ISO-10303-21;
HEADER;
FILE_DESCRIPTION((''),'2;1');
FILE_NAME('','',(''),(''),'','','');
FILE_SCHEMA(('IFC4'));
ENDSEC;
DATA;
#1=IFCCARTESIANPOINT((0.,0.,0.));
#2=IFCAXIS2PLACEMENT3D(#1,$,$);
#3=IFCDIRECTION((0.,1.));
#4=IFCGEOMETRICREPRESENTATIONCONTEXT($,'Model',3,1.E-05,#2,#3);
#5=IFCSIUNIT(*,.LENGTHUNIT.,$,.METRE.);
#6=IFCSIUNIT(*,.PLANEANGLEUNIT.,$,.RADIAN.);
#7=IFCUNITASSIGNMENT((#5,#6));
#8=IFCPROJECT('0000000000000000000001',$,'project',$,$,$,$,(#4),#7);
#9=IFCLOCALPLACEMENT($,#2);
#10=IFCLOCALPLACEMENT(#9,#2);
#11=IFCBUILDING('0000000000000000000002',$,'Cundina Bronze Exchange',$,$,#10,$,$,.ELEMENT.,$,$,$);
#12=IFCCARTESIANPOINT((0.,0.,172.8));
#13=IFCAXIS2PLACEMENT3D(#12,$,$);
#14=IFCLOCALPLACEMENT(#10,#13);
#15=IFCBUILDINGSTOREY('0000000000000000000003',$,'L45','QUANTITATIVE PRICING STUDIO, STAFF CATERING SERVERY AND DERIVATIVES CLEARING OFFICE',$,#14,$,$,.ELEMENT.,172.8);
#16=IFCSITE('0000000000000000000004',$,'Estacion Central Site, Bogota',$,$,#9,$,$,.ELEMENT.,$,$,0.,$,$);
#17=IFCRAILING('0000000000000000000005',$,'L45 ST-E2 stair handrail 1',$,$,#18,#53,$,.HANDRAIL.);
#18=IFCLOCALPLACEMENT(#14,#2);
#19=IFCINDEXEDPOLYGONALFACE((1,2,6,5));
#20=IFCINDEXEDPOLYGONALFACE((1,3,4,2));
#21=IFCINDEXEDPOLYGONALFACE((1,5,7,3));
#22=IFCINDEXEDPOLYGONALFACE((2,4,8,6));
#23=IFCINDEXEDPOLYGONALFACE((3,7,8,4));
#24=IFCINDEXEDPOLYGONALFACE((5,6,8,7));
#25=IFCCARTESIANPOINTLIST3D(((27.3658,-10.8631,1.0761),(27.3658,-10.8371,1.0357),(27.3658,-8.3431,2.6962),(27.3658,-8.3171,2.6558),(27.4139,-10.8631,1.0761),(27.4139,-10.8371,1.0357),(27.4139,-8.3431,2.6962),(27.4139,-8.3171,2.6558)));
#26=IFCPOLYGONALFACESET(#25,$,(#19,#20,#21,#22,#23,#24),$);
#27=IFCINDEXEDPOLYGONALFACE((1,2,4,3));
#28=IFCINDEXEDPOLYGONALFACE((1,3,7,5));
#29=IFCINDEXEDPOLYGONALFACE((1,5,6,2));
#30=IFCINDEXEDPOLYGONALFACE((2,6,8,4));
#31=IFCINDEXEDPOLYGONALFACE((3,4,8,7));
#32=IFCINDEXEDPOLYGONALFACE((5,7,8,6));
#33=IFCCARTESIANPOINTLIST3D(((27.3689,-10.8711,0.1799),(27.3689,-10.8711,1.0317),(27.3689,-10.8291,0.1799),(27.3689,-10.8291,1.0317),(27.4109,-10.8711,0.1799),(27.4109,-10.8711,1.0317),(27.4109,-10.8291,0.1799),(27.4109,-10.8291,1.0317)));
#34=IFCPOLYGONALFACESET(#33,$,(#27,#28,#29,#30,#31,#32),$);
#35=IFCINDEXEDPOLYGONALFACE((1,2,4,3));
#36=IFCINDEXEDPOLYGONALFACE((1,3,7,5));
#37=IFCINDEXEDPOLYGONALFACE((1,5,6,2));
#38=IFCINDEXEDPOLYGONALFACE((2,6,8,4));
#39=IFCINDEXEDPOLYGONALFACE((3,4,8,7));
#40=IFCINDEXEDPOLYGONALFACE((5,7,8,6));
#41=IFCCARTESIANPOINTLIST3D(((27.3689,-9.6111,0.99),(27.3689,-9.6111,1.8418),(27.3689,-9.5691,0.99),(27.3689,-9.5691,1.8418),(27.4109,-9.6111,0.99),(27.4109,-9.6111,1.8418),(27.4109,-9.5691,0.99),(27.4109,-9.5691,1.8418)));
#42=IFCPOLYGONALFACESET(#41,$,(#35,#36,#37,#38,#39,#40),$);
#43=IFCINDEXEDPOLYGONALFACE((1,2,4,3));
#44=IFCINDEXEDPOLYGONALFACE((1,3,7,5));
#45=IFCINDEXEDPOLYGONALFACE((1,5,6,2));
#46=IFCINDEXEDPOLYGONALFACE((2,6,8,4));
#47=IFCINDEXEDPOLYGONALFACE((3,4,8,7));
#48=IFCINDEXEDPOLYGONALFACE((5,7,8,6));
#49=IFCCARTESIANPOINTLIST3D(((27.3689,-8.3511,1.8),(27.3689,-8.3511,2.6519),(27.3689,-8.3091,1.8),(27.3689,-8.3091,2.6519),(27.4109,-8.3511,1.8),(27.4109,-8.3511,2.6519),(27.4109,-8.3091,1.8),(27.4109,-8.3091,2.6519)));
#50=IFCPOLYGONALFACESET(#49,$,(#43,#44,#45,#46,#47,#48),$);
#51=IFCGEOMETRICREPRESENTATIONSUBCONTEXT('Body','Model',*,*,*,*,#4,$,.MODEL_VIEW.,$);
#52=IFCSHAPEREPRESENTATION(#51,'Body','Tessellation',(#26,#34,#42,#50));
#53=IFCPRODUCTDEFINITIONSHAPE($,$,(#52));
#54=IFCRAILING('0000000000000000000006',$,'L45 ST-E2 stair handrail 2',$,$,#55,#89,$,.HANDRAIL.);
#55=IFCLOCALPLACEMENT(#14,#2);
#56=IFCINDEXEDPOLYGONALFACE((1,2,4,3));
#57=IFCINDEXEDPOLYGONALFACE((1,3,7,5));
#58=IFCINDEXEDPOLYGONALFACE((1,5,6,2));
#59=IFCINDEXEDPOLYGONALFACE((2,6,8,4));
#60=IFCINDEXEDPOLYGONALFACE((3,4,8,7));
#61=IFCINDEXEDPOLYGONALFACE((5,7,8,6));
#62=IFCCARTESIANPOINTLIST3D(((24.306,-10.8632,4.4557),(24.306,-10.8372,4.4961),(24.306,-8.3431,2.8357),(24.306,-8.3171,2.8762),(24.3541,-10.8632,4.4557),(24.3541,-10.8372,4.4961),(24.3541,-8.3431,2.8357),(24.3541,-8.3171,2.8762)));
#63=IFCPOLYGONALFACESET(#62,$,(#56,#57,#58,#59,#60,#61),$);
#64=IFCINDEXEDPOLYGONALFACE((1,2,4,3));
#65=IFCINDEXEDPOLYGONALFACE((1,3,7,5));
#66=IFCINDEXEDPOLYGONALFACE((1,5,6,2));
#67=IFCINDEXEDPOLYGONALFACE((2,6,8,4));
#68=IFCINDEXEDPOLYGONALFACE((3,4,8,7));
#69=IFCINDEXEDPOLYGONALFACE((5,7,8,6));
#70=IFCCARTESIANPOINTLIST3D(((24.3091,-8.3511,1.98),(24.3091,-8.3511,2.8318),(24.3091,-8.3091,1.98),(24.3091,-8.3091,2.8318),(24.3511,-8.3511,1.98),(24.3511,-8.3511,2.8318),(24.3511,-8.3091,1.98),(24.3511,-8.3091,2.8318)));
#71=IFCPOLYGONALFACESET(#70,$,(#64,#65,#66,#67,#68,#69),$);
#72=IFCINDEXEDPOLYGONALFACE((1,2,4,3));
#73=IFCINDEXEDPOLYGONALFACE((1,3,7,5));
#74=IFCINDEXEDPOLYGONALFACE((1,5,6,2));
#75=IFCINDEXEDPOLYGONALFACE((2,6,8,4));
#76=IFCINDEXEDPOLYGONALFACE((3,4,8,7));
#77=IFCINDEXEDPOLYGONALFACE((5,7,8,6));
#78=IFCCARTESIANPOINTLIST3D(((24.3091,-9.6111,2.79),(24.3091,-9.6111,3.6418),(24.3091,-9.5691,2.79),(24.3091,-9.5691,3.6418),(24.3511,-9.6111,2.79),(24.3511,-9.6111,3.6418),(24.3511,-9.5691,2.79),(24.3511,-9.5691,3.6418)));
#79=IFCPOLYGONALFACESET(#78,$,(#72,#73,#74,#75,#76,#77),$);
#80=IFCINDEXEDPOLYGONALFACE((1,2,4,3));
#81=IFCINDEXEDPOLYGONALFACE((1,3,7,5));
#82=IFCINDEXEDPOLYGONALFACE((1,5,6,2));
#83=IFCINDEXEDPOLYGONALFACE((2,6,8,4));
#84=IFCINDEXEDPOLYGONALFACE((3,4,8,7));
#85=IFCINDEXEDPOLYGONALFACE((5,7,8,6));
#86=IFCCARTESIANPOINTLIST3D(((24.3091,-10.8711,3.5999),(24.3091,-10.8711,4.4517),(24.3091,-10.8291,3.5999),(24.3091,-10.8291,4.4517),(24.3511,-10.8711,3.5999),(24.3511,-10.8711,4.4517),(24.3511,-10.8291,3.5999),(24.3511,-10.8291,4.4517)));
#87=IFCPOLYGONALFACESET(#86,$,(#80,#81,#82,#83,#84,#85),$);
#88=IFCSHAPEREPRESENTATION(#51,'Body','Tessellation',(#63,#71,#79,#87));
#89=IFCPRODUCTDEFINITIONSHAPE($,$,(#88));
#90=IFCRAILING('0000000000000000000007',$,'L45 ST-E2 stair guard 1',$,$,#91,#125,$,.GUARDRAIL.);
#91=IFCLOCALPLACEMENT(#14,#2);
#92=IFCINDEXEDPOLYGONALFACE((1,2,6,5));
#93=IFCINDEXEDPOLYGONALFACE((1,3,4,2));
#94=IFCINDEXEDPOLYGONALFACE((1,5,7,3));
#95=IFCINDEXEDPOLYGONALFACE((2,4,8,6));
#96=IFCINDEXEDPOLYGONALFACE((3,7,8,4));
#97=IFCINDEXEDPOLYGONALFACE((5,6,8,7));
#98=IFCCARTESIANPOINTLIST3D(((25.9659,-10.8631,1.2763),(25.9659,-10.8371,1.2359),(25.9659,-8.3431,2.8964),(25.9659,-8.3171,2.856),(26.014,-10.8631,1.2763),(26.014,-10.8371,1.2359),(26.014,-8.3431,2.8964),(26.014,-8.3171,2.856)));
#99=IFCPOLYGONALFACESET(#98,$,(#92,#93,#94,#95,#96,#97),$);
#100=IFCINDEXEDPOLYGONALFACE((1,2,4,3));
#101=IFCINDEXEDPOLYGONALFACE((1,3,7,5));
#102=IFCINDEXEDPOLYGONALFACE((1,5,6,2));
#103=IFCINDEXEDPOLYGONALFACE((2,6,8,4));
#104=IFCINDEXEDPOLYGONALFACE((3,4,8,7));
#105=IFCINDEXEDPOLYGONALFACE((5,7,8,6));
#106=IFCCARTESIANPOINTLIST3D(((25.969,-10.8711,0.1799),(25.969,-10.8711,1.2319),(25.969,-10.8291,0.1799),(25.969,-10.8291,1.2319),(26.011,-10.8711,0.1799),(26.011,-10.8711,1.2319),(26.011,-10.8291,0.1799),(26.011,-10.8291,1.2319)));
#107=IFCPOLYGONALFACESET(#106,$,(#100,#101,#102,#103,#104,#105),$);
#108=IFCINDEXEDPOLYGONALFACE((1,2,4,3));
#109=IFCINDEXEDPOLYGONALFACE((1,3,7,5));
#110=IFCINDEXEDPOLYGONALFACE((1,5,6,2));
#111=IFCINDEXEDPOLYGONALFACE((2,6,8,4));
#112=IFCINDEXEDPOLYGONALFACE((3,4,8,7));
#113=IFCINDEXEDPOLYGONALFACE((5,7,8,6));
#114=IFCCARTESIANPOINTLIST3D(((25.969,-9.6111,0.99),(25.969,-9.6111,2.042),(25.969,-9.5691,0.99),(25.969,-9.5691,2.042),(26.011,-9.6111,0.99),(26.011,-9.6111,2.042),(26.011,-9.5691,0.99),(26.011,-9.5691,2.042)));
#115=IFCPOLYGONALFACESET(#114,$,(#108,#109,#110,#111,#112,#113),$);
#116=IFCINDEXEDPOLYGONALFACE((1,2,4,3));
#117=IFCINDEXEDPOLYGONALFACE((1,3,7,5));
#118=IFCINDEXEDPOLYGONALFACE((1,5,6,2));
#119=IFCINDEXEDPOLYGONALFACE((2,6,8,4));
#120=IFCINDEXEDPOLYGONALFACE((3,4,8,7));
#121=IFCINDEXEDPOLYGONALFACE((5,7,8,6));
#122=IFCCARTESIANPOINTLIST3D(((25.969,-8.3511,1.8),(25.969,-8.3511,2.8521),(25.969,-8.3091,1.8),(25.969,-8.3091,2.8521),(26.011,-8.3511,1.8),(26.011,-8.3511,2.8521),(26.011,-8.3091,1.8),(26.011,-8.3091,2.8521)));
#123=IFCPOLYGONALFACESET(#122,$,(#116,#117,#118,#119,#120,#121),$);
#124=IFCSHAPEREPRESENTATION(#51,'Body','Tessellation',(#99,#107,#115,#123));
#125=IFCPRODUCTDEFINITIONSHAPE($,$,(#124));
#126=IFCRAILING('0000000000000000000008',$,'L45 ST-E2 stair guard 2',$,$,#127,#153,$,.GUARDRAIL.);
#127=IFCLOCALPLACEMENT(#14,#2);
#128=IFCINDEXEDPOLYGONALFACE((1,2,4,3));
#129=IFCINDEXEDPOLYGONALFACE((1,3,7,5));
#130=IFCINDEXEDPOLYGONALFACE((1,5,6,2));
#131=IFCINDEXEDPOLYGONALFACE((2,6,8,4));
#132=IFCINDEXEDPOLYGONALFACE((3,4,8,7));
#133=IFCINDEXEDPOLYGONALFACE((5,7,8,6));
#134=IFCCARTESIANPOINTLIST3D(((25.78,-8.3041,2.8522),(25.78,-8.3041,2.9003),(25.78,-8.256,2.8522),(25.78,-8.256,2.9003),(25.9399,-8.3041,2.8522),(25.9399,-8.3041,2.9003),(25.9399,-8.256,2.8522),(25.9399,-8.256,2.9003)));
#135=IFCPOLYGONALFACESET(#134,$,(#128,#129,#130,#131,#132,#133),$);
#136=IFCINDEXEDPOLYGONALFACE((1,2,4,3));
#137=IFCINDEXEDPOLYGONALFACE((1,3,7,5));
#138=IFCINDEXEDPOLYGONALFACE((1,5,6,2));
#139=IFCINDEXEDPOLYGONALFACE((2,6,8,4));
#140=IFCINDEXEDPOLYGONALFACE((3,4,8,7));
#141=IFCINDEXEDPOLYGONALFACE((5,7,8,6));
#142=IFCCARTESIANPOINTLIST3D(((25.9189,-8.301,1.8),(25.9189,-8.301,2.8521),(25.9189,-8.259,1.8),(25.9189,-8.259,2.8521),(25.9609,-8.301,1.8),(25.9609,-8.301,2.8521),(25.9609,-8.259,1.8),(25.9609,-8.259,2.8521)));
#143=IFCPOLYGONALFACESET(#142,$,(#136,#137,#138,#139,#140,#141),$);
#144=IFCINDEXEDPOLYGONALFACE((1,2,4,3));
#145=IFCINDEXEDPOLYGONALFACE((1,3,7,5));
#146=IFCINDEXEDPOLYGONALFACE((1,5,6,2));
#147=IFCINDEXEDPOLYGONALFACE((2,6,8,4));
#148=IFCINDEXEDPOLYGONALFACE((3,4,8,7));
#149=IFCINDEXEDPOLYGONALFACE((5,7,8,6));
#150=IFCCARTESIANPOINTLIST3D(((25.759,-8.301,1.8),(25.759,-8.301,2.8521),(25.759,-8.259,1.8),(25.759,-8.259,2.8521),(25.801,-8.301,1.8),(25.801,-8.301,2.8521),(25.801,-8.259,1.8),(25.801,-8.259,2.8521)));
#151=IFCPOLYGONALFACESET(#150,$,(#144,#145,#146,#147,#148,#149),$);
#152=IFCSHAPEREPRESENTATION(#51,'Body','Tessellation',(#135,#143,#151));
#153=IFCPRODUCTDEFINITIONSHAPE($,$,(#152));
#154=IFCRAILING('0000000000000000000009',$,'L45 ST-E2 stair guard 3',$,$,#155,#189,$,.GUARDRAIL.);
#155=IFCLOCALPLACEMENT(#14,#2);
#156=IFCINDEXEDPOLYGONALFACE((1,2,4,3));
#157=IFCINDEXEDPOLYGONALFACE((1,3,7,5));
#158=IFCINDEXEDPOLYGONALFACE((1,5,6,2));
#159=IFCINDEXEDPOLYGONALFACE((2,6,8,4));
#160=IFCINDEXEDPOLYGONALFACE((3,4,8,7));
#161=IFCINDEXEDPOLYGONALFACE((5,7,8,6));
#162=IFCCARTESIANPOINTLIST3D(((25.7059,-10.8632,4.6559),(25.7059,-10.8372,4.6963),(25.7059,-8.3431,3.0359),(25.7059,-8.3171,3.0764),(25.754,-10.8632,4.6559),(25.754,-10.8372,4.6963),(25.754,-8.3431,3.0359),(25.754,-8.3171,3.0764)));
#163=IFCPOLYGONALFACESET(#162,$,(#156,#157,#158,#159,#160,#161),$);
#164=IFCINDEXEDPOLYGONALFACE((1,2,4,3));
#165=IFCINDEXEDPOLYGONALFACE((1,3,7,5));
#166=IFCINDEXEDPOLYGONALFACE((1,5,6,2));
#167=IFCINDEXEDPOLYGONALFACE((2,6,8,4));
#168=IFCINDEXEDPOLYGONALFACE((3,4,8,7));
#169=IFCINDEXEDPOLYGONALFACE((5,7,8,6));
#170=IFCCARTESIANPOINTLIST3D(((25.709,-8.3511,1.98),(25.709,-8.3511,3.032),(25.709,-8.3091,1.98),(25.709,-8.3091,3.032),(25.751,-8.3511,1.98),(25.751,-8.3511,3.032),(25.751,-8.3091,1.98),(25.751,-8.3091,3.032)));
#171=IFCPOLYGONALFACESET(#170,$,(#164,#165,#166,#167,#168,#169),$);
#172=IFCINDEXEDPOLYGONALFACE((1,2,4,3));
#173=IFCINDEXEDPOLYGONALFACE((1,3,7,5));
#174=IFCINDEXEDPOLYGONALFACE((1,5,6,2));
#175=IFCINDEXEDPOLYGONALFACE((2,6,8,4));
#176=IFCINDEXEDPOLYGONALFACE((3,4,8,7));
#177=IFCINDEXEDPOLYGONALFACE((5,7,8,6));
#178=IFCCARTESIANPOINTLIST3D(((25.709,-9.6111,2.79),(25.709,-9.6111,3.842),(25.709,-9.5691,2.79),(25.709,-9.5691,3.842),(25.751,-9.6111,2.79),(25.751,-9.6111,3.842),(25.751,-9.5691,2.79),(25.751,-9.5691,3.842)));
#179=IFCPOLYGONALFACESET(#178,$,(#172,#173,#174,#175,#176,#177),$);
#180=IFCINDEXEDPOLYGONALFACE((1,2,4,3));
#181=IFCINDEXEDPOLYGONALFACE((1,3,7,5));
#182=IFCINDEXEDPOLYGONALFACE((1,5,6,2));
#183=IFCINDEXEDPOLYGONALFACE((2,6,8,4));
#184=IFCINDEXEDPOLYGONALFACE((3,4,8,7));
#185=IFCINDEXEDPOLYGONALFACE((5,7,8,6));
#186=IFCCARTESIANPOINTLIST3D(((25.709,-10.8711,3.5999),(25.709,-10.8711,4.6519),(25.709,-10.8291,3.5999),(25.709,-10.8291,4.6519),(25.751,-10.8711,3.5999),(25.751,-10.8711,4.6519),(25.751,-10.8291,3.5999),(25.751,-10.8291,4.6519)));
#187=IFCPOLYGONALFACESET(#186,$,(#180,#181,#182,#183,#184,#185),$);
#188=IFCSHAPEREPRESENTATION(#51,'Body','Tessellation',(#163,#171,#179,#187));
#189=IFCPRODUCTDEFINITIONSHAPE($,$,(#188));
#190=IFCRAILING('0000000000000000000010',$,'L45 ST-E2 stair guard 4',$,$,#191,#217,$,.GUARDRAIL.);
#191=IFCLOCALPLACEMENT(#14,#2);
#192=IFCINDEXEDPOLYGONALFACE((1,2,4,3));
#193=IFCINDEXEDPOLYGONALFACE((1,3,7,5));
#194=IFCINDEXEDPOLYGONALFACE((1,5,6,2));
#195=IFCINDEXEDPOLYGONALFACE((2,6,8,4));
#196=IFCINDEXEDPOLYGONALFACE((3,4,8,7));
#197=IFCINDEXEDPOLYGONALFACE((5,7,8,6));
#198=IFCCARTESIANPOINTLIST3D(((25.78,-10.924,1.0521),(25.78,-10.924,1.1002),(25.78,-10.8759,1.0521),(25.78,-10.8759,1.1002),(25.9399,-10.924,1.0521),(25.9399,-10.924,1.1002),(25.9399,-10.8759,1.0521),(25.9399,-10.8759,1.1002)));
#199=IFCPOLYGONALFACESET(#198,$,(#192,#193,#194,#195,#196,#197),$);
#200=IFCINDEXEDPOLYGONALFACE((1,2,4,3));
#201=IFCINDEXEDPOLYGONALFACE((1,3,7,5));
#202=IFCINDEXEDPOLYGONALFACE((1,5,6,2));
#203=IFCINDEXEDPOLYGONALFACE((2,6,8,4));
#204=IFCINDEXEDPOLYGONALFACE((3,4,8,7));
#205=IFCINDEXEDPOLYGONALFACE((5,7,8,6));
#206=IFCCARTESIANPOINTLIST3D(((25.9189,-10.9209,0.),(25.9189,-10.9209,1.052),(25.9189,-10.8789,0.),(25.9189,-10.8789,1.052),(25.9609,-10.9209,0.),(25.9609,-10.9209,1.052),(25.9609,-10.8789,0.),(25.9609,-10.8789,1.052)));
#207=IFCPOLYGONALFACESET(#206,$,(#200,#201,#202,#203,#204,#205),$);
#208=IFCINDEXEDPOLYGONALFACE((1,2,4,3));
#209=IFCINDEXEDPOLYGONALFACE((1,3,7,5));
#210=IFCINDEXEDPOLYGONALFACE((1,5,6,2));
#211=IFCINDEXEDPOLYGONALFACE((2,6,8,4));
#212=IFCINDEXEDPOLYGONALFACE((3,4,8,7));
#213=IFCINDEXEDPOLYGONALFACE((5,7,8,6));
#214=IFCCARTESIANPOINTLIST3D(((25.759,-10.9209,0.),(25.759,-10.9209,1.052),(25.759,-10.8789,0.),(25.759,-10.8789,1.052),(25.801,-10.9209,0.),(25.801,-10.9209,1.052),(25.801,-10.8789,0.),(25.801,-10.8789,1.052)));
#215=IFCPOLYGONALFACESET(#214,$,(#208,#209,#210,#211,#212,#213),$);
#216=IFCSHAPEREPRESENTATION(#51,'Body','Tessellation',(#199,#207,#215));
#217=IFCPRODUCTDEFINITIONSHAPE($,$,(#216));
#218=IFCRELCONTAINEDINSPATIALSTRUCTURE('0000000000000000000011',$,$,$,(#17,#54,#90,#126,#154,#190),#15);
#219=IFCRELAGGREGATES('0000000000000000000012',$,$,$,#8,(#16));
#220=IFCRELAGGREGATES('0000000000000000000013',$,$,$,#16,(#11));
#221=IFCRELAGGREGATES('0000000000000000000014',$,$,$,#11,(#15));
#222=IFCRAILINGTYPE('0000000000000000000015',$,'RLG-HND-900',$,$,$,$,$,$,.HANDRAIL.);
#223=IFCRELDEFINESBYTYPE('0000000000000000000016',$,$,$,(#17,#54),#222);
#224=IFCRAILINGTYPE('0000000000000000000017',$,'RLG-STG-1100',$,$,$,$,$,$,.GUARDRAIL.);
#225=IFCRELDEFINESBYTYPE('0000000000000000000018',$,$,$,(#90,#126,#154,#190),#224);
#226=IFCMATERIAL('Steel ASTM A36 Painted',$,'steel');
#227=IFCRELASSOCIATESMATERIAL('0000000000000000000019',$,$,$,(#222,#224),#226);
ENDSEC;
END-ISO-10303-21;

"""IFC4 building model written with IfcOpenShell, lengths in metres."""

from ifc_helpers import new_model, si_unit, direction, frame, origin, origin_2d, place, context, subcontext, project, spatial, rectangle, extrude, material, type_object, element, save


model = new_model("IFC4")

# Units and contexts
model_context = context("Model", 3, precision=1e-05, world=origin(), true_north=direction((0.0, 1.0)))
body_context = subcontext(model_context, "Body", "Model", "MODEL_VIEW")
ifc_project = project(units=[si_unit("LENGTHUNIT", "METRE"), si_unit("PLANEANGLEUNIT", "RADIAN")], contexts=[model_context])

# Site, building, storey
site_placement = place(None, origin())
site = spatial("IfcSite", under=ifc_project, at=site_placement, Name="Estacion Central Site, Bogota", CompositionType="ELEMENT", RefElevation=0.0)
building_placement = place(site_placement, origin())
building = spatial("IfcBuilding", under=site, at=building_placement, Name="Cundina Bronze Exchange", CompositionType="ELEMENT")
storey_placement = place(building_placement, frame((0.0, 0.0, 172.8)))
storey = spatial("IfcBuildingStorey", under=building, at=storey_placement, Name="L45", Description="QUANTITATIVE PRICING STUDIO, STAFF CATERING SERVERY AND DERIVATIVES CLEARING OFFICE", CompositionType="ELEMENT", Elevation=172.8)

# Shared definitions
ifc_material_1 = material(Name="Steel ASTM A36 Painted", Category="steel")

# Railings
railing_type_1 = type_object("IfcRailingType", Name="RLG-HND-900", PredefinedType="HANDRAIL", material=ifc_material_1)
railing_1_placement = place(storey_placement, frame((27.3899, -10.8501, 0.1799)))
element("IfcRailing", 1, at=railing_1_placement, inside=storey, type_object=railing_type_1, Name="L45 ST-E2 stair handrail 1", PredefinedType="HANDRAIL", context=body_context, shape_type="SweptSolid", body=[
    extrude(rectangle(XDim=0.0481, YDim=0.0481, at=origin_2d()), frame((0.0, 0.0, 0.876), z_axis=(0.0, 0.841163, 0.540782), x_axis=(-1.0, 0.0, 0.0)), (0.0, 0.0, 1.0), 2.9958),
    extrude(rectangle(XDim=0.042, YDim=0.042, at=origin_2d()), origin(), (0.0, 0.0, 1.0), 0.8518),
    extrude(rectangle(XDim=0.042, YDim=0.042, at=origin_2d()), frame((0.0, 1.26, 0.8101)), (0.0, 0.0, 1.0), 0.8518),
    extrude(rectangle(XDim=0.042, YDim=0.042, at=origin_2d()), frame((0.0, 2.52, 1.6201)), (0.0, 0.0, 1.0), 0.8518),
])
railing_2_placement = place(storey_placement, frame((24.3301, -8.3301, 1.98)))
element("IfcRailing", 2, at=railing_2_placement, inside=storey, type_object=railing_type_1, Name="L45 ST-E2 stair handrail 2", PredefinedType="HANDRAIL", context=body_context, shape_type="SweptSolid", body=[
    extrude(rectangle(XDim=0.0481, YDim=0.0481, at=origin_2d()), frame((0.0, 0.0, 0.876), z_axis=(0.0, -0.8412, 0.540725), x_axis=(1.0, 0.0, 0.0)), (0.0, 0.0, 1.0), 2.9958),
    extrude(rectangle(XDim=0.042, YDim=0.042, at=origin_2d()), origin(), (0.0, 0.0, 1.0), 0.8518),
    extrude(rectangle(XDim=0.042, YDim=0.042, at=origin_2d()), frame((0.0, -1.26, 0.8101)), (0.0, 0.0, 1.0), 0.8518),
    extrude(rectangle(XDim=0.042, YDim=0.042, at=origin_2d()), frame((0.0, -2.52, 1.6199)), (0.0, 0.0, 1.0), 0.8518),
])
railing_type_2 = type_object("IfcRailingType", Name="RLG-STG-1100", PredefinedType="GUARDRAIL", material=ifc_material_1)
railing_3_placement = place(storey_placement, frame((25.99, -10.8501, 0.1799)))
element("IfcRailing", 3, at=railing_3_placement, inside=storey, type_object=railing_type_2, Name="L45 ST-E2 stair guard 1", PredefinedType="GUARDRAIL", context=body_context, shape_type="SweptSolid", body=[
    extrude(rectangle(XDim=0.0481, YDim=0.0481, at=origin_2d()), frame((0.0, 0.0, 1.0762), z_axis=(0.0, 0.841163, 0.540782), x_axis=(-1.0, 0.0, 0.0)), (0.0, 0.0, 1.0), 2.9958),
    extrude(rectangle(XDim=0.042, YDim=0.042, at=origin_2d()), origin(), (0.0, 0.0, 1.0), 1.052),
    extrude(rectangle(XDim=0.042, YDim=0.042, at=origin_2d()), frame((0.0, 1.26, 0.8101)), (0.0, 0.0, 1.0), 1.052),
    extrude(rectangle(XDim=0.042, YDim=0.042, at=origin_2d()), frame((0.0, 2.52, 1.6201)), (0.0, 0.0, 1.0), 1.052),
])
railing_4_placement = place(storey_placement, frame((25.9399, -8.28, 1.8)))
element("IfcRailing", 4, at=railing_4_placement, inside=storey, type_object=railing_type_2, Name="L45 ST-E2 stair guard 2", PredefinedType="GUARDRAIL", context=body_context, shape_type="SweptSolid", body=[
    extrude(rectangle(XDim=0.0481, YDim=0.0481, at=origin_2d()), frame((0.0, 0.0, 1.0762), z_axis=(-1.0, 0.0, 0.0), x_axis=(0.0, -1.0, 0.0)), (0.0, 0.0, 1.0), 0.1599),
    extrude(rectangle(XDim=0.042, YDim=0.042, at=origin_2d()), origin(), (0.0, 0.0, 1.0), 1.052),
    extrude(rectangle(XDim=0.042, YDim=0.042, at=origin_2d()), frame((-0.1599, 0.0, 0.0)), (0.0, 0.0, 1.0), 1.052),
])
railing_5_placement = place(storey_placement, frame((25.73, -8.3301, 1.98)))
element("IfcRailing", 5, at=railing_5_placement, inside=storey, type_object=railing_type_2, Name="L45 ST-E2 stair guard 3", PredefinedType="GUARDRAIL", context=body_context, shape_type="SweptSolid", body=[
    extrude(rectangle(XDim=0.0481, YDim=0.0481, at=origin_2d()), frame((0.0, 0.0, 1.0762), z_axis=(0.0, -0.8412, 0.540725), x_axis=(1.0, 0.0, 0.0)), (0.0, 0.0, 1.0), 2.9958),
    extrude(rectangle(XDim=0.042, YDim=0.042, at=origin_2d()), origin(), (0.0, 0.0, 1.0), 1.052),
    extrude(rectangle(XDim=0.042, YDim=0.042, at=origin_2d()), frame((0.0, -1.26, 0.8101)), (0.0, 0.0, 1.0), 1.052),
    extrude(rectangle(XDim=0.042, YDim=0.042, at=origin_2d()), frame((0.0, -2.52, 1.6199)), (0.0, 0.0, 1.0), 1.052),
])
railing_6_placement = place(storey_placement, frame((25.9399, -10.8999, 0.0)))
element("IfcRailing", 6, at=railing_6_placement, inside=storey, type_object=railing_type_2, Name="L45 ST-E2 stair guard 4", PredefinedType="GUARDRAIL", context=body_context, shape_type="SweptSolid", body=[
    extrude(rectangle(XDim=0.0481, YDim=0.0481, at=origin_2d()), frame((0.0, 0.0, 1.0762), z_axis=(-1.0, 0.0, 0.0), x_axis=(0.0, -1.0, 0.0)), (0.0, 0.0, 1.0), 0.1599),
    extrude(rectangle(XDim=0.042, YDim=0.042, at=origin_2d()), origin(), (0.0, 0.0, 1.0), 1.052),
    extrude(rectangle(XDim=0.042, YDim=0.042, at=origin_2d()), frame((-0.1599, 0.0, 0.0)), (0.0, 0.0, 1.0), 1.052),
])

save(model, "model.ifc")
